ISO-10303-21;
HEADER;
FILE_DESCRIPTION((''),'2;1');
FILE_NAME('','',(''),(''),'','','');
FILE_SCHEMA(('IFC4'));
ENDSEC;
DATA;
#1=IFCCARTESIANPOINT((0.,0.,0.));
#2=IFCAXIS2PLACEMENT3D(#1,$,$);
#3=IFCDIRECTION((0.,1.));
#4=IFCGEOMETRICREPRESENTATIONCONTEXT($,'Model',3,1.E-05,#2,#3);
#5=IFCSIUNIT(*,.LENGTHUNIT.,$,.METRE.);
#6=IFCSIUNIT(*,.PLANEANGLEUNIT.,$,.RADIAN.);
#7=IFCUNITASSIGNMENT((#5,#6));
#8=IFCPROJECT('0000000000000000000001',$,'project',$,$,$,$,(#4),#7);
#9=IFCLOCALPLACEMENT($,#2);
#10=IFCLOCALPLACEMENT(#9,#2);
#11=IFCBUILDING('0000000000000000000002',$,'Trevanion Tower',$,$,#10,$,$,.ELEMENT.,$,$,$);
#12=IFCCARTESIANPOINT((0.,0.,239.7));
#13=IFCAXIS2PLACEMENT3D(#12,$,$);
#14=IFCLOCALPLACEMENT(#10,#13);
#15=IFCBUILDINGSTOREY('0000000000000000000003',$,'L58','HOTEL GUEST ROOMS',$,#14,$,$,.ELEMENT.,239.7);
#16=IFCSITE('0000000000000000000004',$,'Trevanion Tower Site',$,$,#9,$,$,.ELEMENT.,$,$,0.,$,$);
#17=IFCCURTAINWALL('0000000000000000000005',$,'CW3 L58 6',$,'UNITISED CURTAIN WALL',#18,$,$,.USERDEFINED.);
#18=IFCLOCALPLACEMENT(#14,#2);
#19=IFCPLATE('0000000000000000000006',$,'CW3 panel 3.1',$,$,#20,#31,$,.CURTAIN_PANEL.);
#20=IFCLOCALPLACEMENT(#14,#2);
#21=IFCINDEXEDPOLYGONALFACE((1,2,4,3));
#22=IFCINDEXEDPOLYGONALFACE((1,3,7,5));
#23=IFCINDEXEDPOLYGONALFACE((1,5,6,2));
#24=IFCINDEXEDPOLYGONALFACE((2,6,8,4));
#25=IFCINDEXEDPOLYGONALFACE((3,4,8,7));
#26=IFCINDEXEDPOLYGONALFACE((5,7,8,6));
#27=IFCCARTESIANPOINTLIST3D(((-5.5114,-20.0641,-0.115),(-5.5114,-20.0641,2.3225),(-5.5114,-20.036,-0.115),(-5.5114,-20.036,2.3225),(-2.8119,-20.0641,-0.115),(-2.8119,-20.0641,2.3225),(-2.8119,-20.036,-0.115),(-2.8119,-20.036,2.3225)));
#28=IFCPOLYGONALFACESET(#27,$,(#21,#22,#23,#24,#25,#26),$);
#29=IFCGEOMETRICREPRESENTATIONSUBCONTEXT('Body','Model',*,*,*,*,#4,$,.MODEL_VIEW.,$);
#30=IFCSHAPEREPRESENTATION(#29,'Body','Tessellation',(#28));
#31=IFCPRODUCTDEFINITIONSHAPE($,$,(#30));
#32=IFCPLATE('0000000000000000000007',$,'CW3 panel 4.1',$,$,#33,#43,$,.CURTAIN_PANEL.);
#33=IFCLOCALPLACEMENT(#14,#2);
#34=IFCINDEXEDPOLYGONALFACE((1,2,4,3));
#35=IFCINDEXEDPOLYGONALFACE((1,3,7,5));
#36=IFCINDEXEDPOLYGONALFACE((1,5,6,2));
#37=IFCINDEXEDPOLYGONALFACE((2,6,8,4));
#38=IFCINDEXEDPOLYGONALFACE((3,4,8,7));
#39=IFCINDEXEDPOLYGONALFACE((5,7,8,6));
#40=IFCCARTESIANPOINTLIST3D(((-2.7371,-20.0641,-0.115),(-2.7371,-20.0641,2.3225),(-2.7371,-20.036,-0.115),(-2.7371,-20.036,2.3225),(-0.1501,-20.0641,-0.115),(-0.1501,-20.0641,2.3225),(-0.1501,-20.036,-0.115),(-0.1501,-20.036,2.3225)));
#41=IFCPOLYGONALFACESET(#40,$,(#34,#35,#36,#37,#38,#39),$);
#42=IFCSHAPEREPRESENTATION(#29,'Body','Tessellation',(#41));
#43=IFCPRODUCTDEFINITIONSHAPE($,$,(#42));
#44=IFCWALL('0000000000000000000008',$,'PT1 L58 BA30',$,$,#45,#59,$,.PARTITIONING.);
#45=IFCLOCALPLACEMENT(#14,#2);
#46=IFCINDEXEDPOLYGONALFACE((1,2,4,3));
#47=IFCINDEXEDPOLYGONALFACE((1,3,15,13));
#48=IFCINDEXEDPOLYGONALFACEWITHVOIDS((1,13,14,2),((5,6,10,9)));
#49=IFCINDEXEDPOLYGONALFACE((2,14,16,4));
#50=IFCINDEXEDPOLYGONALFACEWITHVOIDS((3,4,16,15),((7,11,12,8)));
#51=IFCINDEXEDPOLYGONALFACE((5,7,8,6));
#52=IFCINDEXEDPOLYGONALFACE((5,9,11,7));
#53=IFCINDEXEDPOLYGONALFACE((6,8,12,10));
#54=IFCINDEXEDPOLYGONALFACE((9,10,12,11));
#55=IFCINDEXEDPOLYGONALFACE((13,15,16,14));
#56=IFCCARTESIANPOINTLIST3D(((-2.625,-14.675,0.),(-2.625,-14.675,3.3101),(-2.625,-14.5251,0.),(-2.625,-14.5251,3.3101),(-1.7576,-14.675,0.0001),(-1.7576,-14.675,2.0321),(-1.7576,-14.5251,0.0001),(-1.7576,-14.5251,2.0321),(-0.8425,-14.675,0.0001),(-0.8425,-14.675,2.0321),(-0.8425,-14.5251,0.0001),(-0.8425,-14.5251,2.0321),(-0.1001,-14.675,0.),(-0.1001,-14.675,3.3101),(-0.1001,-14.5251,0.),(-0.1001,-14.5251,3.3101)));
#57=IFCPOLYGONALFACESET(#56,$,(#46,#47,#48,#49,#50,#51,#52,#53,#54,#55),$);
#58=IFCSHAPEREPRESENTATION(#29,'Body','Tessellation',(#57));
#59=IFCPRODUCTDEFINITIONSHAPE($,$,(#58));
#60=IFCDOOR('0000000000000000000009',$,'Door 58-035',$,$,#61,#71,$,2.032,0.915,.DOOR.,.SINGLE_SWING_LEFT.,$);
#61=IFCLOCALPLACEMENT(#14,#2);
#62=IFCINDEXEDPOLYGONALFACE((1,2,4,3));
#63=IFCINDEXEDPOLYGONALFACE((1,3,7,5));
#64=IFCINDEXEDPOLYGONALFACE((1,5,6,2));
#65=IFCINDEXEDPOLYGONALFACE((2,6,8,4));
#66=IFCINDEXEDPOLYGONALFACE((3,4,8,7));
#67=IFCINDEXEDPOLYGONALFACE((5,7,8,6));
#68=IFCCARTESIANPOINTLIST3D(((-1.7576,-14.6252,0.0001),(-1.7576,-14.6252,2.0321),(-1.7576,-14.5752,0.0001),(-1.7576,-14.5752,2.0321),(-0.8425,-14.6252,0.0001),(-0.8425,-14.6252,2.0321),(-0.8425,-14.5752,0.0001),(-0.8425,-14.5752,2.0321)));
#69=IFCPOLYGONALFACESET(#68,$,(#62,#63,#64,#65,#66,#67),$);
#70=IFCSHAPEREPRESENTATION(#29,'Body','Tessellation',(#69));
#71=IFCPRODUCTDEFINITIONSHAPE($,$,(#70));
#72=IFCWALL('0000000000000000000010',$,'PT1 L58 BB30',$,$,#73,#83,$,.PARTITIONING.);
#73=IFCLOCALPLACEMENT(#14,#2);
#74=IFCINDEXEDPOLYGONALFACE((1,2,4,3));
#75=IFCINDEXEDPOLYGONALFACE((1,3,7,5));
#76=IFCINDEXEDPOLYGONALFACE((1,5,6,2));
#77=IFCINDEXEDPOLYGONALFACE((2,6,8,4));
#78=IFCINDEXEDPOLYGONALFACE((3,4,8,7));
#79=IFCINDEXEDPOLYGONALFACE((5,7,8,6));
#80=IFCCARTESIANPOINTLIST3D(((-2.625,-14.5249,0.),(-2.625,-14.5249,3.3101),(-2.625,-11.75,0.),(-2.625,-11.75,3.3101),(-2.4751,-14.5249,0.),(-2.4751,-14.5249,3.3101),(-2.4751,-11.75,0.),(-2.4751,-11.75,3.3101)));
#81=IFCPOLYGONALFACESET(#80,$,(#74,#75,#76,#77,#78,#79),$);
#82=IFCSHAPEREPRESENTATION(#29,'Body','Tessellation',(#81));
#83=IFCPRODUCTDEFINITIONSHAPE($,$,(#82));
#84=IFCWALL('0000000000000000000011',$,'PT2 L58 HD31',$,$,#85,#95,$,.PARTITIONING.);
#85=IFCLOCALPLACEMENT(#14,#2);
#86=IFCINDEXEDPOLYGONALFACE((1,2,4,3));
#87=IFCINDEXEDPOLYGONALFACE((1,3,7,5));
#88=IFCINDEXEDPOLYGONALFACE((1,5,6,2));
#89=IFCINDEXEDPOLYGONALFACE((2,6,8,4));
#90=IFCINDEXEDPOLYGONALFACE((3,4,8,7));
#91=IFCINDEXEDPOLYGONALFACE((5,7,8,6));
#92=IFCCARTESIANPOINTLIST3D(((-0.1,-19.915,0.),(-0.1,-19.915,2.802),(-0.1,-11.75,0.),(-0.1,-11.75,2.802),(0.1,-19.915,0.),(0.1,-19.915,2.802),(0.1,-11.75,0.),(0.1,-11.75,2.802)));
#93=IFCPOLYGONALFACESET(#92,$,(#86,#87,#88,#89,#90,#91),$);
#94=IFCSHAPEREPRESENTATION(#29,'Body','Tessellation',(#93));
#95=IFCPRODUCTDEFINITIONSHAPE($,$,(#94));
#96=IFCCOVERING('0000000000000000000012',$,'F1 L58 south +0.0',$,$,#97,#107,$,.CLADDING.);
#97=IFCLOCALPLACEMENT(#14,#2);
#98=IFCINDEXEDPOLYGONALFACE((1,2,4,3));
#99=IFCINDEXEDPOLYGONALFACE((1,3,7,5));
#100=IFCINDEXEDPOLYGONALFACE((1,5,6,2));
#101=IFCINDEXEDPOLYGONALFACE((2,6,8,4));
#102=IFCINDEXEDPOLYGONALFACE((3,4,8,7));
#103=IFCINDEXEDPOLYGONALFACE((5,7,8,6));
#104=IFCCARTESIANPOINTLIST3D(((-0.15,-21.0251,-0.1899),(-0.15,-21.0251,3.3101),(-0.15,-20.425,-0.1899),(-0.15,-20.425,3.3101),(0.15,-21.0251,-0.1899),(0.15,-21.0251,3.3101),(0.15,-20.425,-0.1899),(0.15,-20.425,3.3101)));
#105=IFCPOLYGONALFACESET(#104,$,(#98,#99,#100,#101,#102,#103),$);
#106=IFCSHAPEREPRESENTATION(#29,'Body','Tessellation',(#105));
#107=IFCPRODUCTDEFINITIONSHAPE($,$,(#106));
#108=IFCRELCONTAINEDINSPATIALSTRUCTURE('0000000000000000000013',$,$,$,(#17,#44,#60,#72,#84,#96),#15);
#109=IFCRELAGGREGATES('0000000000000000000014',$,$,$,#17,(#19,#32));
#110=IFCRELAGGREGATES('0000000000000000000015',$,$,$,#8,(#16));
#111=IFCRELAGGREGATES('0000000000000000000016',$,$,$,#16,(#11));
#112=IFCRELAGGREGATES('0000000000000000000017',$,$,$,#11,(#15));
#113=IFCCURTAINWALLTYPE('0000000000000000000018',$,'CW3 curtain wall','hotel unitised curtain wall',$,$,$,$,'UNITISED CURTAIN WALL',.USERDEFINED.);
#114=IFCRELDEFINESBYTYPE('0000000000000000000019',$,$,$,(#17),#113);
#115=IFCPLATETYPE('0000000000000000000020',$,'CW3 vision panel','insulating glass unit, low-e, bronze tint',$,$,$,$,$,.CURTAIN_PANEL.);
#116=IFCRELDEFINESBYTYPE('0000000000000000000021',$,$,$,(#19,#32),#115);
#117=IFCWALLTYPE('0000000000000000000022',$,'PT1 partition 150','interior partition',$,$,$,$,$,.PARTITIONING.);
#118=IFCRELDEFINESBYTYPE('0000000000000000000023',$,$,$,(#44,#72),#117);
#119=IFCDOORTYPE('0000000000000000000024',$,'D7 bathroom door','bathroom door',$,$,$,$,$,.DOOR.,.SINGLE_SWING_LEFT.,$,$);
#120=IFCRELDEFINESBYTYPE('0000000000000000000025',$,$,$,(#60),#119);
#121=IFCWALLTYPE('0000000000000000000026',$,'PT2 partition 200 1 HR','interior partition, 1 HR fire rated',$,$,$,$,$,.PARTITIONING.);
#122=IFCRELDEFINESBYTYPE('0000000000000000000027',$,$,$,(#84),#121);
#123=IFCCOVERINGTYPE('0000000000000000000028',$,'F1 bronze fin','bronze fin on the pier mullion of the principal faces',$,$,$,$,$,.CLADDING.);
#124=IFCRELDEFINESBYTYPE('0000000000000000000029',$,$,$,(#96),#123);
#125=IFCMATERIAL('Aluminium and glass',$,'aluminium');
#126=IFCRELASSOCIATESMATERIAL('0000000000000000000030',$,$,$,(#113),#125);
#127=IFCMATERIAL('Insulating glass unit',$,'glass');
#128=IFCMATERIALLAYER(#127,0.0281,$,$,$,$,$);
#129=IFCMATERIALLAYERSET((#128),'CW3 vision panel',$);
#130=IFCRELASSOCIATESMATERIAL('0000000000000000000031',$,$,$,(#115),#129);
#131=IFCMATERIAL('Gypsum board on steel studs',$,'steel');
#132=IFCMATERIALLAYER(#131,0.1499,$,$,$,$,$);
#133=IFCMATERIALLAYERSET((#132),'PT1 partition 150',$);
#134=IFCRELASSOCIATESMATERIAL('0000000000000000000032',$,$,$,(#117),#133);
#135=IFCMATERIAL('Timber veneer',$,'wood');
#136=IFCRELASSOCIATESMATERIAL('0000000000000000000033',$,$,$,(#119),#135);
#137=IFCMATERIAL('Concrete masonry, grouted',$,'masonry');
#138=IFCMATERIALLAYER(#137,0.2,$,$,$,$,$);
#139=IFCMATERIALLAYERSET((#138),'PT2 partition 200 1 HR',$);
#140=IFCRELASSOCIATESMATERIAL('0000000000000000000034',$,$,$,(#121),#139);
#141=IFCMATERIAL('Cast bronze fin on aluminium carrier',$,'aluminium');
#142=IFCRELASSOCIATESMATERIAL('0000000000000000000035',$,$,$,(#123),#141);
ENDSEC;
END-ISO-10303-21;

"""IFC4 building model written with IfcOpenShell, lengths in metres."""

from ifc_helpers import new_model, si_unit, direction, frame, frame_2d, origin, origin_2d, place, context, subcontext, project, spatial, rectangle, extrude, material, layer, layer_set, type_object, element, fill, aggregate, save


model = new_model("IFC4")

# Units and contexts
model_context = context("Model", 3, precision=1e-05, world=origin(), true_north=direction((0.0, 1.0)))
body_context = subcontext(model_context, "Body", "Model", "MODEL_VIEW")
ifc_project = project(units=[si_unit("LENGTHUNIT", "METRE"), si_unit("PLANEANGLEUNIT", "RADIAN")], contexts=[model_context])

# Site, building, storey
site_placement = place(None, origin())
site = spatial("IfcSite", under=ifc_project, at=site_placement, Name="Trevanion Tower Site", CompositionType="ELEMENT", RefElevation=0.0)
building_placement = place(site_placement, origin())
building = spatial("IfcBuilding", under=site, at=building_placement, Name="Trevanion Tower", CompositionType="ELEMENT")
storey_placement = place(building_placement, frame((0.0, 0.0, 239.7)))
storey = spatial("IfcBuildingStorey", under=building, at=storey_placement, Name="L58", Description="HOTEL GUEST ROOMS", CompositionType="ELEMENT", Elevation=239.7)

# Curtain wall
ifc_material_1 = material(Name="Aluminium and glass", Category="aluminium")
curtain_wall_type = type_object("IfcCurtainWallType", Name="CW3 curtain wall", Description="hotel unitised curtain wall", ElementType="UNITISED CURTAIN WALL", PredefinedType="USERDEFINED", material=ifc_material_1)
curtain_wall_placement = place(storey_placement, origin())
curtain_wall = element("IfcCurtainWall", 1, at=curtain_wall_placement, inside=storey, type_object=curtain_wall_type, Name="CW3 L58 6", ObjectType="UNITISED CURTAIN WALL", PredefinedType="USERDEFINED")

# Plates
ifc_material_2 = material(Name="Insulating glass unit", Category="glass")
ifc_layer_1 = layer(ifc_material_2, 0.0281)
ifc_layer_set_1 = layer_set([ifc_layer_1], Name="CW3 vision panel")
plate_type_1 = type_object("IfcPlateType", Name="CW3 vision panel", Description="insulating glass unit, low-e, bronze tint", PredefinedType="CURTAIN_PANEL", material=ifc_layer_set_1)
plate_1_placement = place(storey_placement, frame((-4.1616, -20.05, -0.115), z_axis=(0.0, 0.0, 1.0), x_axis=(1.0, 0.0, 0.0)))
plate_1 = element("IfcPlate", 2, at=plate_1_placement, type_object=plate_type_1, Name="CW3 panel 3.1", PredefinedType="CURTAIN_PANEL", context=body_context, shape_type="SweptSolid", body=[
    extrude(rectangle(XDim=2.6995, YDim=0.0281, at=origin_2d()), origin(), (0.0, 0.0, 1.0), 2.4375),
])
plate_2_placement = place(storey_placement, frame((-1.4436, -20.05, -0.115), z_axis=(0.0, 0.0, 1.0), x_axis=(1.0, 0.0, 0.0)))
plate_2 = element("IfcPlate", 3, at=plate_2_placement, type_object=plate_type_1, Name="CW3 panel 4.1", PredefinedType="CURTAIN_PANEL", context=body_context, shape_type="SweptSolid", body=[
    extrude(rectangle(XDim=2.5869, YDim=0.0281, at=origin_2d()), origin(), (0.0, 0.0, 1.0), 2.4375),
])
aggregate(curtain_wall, [plate_1, plate_2])

# Wall, opening, door
ifc_material_3 = material(Name="Gypsum board on steel studs", Category="steel")
ifc_layer_2 = layer(ifc_material_3, 0.1499)
ifc_layer_set_2 = layer_set([ifc_layer_2], Name="PT1 partition 150")
wall_type_1 = type_object("IfcWallType", Name="PT1 partition 150", Description="interior partition", PredefinedType="PARTITIONING", material=ifc_layer_set_2)
wall_1_placement = place(storey_placement, frame((-2.625, -14.6001, 0.0), z_axis=(0.0, 0.0, 1.0), x_axis=(1.0, 0.0, 0.0)))
wall_1 = element("IfcWall", 4, at=wall_1_placement, inside=storey, type_object=wall_type_1, Name="PT1 L58 BA30", PredefinedType="PARTITIONING", context=body_context, shape_type="SweptSolid", body=[
    extrude(rectangle(XDim=2.5249, YDim=0.1499, at=frame_2d((1.2625, 0.0))), origin(), (0.0, 0.0, 1.0), 3.3101),
])
opening_placement = place(wall_1_placement, frame((0.8674, 0.0, 0.0)))
opening = element("IfcOpeningElement", 5, at=opening_placement, cuts=wall_1, PredefinedType="OPENING", context=body_context, shape_type="SweptSolid", body=[
    extrude(rectangle(XDim=0.915, YDim=2.032, at=frame_2d((0.4575, 1.0161))), frame((0.0, 0.085, 0.0), z_axis=(0.0, -1.0, 0.0), x_axis=(1.0, 0.0, 0.0)), (0.0, 0.0, 1.0), 0.1699),
])
ifc_material_4 = material(Name="Timber veneer", Category="wood")
door_type = type_object("IfcDoorType", Name="D7 bathroom door", Description="bathroom door", OperationType="SINGLE_SWING_LEFT", PredefinedType="DOOR", material=ifc_material_4)
door_placement = place(opening_placement, origin())
door = element("IfcDoor", 6, at=door_placement, inside=storey, type_object=door_type, Name="Door 58-035", OperationType="SINGLE_SWING_LEFT", OverallHeight=2.032, OverallWidth=0.915, PredefinedType="DOOR", context=body_context, shape_type="SweptSolid", body=[
    extrude(rectangle(XDim=0.915, YDim=2.032, at=frame_2d((0.4575, 1.0161))), frame((0.0, 0.0249, 0.0), z_axis=(0.0, -1.0, 0.0), x_axis=(1.0, 0.0, 0.0)), (0.0, 0.0, 1.0), 0.05),
])
fill(opening, door)

# Walls
wall_2_placement = place(storey_placement, frame((-2.55, -11.75, 0.0), z_axis=(0.0, 0.0, 1.0), x_axis=(0.0, -1.0, 0.0)))
element("IfcWall", 7, at=wall_2_placement, inside=storey, type_object=wall_type_1, Name="PT1 L58 BB30", PredefinedType="PARTITIONING", context=body_context, shape_type="SweptSolid", body=[
    extrude(rectangle(XDim=2.7749, YDim=0.1499, at=frame_2d((1.3875, 0.0))), origin(), (0.0, 0.0, 1.0), 3.3101),
])
ifc_material_5 = material(Name="Concrete masonry, grouted", Category="masonry")
ifc_layer_3 = layer(ifc_material_5, 0.2)
ifc_layer_set_3 = layer_set([ifc_layer_3], Name="PT2 partition 200 1 HR")
wall_type_2 = type_object("IfcWallType", Name="PT2 partition 200 1 HR", Description="interior partition, 1 HR fire rated", PredefinedType="PARTITIONING", material=ifc_layer_set_3)
wall_3_placement = place(storey_placement, frame((0.0, -11.75, 0.0), z_axis=(0.0, 0.0, 1.0), x_axis=(0.0, -1.0, 0.0)))
element("IfcWall", 8, at=wall_3_placement, inside=storey, type_object=wall_type_2, Name="PT2 L58 HD31", PredefinedType="PARTITIONING", context=body_context, shape_type="SweptSolid", body=[
    extrude(rectangle(XDim=8.165, YDim=0.2, at=frame_2d((4.0825, 0.0))), origin(), (0.0, 0.0, 1.0), 2.802),
])

# Covering
ifc_material_6 = material(Name="Cast bronze fin on aluminium carrier", Category="aluminium")
covering_type = type_object("IfcCoveringType", Name="F1 bronze fin", Description="bronze fin on the pier mullion of the principal faces", PredefinedType="CLADDING", material=ifc_material_6)
covering_placement = place(storey_placement, frame((0.0, -20.7251, -0.1899), z_axis=(0.0, 0.0, 1.0), x_axis=(1.0, 0.0, 0.0)))
element("IfcCovering", 9, at=covering_placement, inside=storey, type_object=covering_type, Name="F1 L58 south +0.0", PredefinedType="CLADDING", context=body_context, shape_type="SweptSolid", body=[
    extrude(rectangle(XDim=0.3, YDim=0.6001, at=origin_2d()), origin(), (0.0, 0.0, 1.0), 3.5),
])

save(model, "model.ifc")
